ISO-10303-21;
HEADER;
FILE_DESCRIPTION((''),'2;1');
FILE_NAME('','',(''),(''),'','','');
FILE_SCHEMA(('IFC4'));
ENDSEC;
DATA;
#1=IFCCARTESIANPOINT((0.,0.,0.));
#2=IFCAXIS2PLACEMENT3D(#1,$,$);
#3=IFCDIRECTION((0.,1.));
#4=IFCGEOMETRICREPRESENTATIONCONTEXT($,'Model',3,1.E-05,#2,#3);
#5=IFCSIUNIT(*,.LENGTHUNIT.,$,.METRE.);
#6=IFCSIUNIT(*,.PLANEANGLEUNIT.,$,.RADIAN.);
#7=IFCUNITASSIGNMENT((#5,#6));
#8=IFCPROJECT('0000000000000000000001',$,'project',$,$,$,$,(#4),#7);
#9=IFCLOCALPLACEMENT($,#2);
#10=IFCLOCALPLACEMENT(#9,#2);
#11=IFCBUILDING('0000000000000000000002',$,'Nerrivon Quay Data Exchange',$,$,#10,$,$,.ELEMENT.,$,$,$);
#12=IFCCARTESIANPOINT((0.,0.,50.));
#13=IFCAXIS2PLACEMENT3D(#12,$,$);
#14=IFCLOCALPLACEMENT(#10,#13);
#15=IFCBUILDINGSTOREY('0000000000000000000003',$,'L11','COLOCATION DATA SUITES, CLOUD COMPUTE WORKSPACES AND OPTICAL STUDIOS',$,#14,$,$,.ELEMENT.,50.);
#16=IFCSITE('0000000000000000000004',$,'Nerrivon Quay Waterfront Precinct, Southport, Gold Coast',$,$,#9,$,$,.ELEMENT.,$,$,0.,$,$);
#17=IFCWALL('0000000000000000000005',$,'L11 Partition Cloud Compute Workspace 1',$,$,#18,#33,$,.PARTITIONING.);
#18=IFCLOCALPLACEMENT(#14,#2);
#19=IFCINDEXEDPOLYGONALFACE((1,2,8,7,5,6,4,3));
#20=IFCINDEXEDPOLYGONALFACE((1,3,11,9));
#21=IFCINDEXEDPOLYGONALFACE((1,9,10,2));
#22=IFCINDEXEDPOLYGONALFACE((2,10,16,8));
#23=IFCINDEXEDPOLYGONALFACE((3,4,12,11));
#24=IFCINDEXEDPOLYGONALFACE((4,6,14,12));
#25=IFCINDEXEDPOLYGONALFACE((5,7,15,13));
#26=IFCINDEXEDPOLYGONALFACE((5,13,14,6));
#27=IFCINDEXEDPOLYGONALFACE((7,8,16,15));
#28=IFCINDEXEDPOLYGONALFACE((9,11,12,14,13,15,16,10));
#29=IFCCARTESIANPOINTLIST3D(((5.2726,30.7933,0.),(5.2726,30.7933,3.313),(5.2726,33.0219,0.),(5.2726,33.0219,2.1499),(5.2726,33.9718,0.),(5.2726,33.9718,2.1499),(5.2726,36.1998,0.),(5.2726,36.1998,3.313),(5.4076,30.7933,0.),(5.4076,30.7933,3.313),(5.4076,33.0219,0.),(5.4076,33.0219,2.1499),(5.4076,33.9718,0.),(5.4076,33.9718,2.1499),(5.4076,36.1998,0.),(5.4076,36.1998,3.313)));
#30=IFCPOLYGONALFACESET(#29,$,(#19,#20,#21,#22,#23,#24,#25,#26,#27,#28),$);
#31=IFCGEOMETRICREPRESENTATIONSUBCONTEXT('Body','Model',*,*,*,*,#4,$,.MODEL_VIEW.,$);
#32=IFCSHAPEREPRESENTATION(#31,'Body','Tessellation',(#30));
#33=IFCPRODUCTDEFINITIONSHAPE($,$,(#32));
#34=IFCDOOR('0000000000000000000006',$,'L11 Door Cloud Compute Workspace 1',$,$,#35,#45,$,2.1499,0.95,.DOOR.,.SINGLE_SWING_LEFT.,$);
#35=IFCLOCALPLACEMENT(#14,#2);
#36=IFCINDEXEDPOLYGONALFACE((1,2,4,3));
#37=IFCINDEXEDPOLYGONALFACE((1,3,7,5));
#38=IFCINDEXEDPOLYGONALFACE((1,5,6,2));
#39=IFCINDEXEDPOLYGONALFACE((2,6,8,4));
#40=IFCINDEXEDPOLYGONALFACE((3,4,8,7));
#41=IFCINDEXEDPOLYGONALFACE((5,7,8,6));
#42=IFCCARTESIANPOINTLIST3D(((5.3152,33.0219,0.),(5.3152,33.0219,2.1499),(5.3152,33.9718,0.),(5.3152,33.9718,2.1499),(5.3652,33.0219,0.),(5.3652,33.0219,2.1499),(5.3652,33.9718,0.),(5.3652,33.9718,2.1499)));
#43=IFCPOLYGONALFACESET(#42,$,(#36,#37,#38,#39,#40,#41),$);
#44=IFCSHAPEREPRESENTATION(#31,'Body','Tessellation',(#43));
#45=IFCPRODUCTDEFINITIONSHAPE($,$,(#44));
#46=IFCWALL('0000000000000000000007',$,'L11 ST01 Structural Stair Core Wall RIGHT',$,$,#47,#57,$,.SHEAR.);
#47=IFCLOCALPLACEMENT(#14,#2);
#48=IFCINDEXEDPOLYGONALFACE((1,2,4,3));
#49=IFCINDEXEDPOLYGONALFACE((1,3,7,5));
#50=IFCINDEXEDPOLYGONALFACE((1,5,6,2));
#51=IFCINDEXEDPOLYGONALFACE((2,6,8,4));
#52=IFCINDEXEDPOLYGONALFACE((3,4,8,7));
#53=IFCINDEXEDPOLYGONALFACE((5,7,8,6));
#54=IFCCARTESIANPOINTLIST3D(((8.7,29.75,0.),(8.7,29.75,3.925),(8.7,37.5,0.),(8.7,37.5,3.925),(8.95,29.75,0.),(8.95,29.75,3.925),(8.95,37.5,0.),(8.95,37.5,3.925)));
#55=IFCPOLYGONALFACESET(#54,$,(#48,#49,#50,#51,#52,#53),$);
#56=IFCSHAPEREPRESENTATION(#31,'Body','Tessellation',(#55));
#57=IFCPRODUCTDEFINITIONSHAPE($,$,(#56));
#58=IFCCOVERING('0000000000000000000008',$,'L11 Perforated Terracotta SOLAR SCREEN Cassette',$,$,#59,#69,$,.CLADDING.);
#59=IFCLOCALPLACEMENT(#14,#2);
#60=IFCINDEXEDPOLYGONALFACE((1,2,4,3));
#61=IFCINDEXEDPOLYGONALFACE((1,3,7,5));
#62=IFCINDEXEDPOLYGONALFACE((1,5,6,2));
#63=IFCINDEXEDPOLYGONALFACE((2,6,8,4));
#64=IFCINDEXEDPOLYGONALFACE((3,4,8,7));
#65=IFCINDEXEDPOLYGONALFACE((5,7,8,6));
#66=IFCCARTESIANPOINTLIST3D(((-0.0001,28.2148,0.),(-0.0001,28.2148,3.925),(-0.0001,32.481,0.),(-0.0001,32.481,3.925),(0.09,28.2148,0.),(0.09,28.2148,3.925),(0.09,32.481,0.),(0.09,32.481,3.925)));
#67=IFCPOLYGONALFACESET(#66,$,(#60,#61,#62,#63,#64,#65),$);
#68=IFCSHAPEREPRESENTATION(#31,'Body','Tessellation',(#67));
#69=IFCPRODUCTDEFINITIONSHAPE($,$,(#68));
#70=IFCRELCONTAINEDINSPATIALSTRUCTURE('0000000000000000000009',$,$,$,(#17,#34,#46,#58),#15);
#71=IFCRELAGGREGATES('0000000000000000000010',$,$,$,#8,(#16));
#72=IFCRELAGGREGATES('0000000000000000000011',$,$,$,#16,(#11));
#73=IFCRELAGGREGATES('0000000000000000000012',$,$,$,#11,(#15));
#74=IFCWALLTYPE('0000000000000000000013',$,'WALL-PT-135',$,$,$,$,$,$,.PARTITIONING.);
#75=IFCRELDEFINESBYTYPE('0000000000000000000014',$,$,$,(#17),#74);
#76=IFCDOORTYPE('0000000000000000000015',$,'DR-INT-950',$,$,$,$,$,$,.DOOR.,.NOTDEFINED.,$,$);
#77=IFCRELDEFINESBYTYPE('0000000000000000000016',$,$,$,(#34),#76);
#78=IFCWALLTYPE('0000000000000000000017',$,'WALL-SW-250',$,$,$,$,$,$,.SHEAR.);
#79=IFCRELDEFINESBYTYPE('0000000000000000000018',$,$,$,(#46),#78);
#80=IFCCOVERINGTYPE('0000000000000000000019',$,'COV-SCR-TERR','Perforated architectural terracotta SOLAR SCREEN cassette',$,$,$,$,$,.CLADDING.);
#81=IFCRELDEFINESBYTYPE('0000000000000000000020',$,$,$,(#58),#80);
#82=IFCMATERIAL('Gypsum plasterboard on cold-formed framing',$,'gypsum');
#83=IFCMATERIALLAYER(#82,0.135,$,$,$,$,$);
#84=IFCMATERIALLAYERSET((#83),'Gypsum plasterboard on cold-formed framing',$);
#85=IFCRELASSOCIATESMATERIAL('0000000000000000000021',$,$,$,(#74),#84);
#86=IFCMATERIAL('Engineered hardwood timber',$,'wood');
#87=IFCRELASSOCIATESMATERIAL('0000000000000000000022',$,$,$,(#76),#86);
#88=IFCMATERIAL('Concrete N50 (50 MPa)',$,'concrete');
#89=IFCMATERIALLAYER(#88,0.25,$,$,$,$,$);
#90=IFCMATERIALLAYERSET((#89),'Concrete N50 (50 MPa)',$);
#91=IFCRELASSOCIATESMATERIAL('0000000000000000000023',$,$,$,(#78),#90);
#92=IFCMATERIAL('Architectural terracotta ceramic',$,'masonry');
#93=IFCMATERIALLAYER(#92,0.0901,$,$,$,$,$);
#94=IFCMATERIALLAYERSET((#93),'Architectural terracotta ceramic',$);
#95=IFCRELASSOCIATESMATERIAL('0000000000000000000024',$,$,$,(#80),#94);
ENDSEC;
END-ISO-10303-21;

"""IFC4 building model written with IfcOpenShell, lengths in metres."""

from ifc_helpers import new_model, si_unit, direction, frame, frame_2d, origin, origin_2d, place, context, subcontext, project, spatial, rectangle, extrude, material, layer, layer_set, type_object, element, fill, save


model = new_model("IFC4")

# Units and contexts
model_context = context("Model", 3, precision=1e-05, world=origin(), true_north=direction((0.0, 1.0)))
body_context = subcontext(model_context, "Body", "Model", "MODEL_VIEW")
ifc_project = project(units=[si_unit("LENGTHUNIT", "METRE"), si_unit("PLANEANGLEUNIT", "RADIAN")], contexts=[model_context])

# Site, building, storey
site_placement = place(None, origin())
site = spatial("IfcSite", under=ifc_project, at=site_placement, Name="Nerrivon Quay Waterfront Precinct, Southport, Gold Coast", CompositionType="ELEMENT", RefElevation=0.0)
building_placement = place(site_placement, origin())
building = spatial("IfcBuilding", under=site, at=building_placement, Name="Nerrivon Quay Data Exchange", CompositionType="ELEMENT")
storey_placement = place(building_placement, frame((0.0, 0.0, 50.0)))
storey = spatial("IfcBuildingStorey", under=building, at=storey_placement, Name="L11", Description="COLOCATION DATA SUITES, CLOUD COMPUTE WORKSPACES AND OPTICAL STUDIOS", CompositionType="ELEMENT", Elevation=50.0)

# Shared definitions
ifc_material_1 = material(Name="Gypsum plasterboard on cold-formed framing", Category="gypsum")
ifc_layer_1 = layer(ifc_material_1, 0.135)
ifc_layer_set_1 = layer_set([ifc_layer_1], Name="Gypsum plasterboard on cold-formed framing")
wall_type_1 = type_object("IfcWallType", Name="WALL-PT-135", PredefinedType="PARTITIONING", material=ifc_layer_set_1)

# Wall, opening, door
wall_1_placement = place(storey_placement, frame((5.3401, 30.7935, 0.0), z_axis=(0.0, 0.0, 1.0), x_axis=(0.0, 1.0, 0.0)))
wall_1 = element("IfcWall", 1, at=wall_1_placement, inside=storey, type_object=wall_type_1, Name="L11 Partition Cloud Compute Workspace 1", PredefinedType="PARTITIONING", context=body_context, shape_type="SweptSolid", body=[
    extrude(rectangle(XDim=5.4065, YDim=0.135, at=frame_2d((2.7031, 0.0))), origin(), (0.0, 0.0, 1.0), 3.313),
])
opening_placement = place(wall_1_placement, frame((2.2283, 0.0, 0.0)))
opening = element("IfcOpeningElement", 2, at=opening_placement, cuts=wall_1, PredefinedType="OPENING", context=body_context, shape_type="SweptSolid", body=[
    extrude(rectangle(XDim=0.95, YDim=2.1499, at=frame_2d((0.4751, 1.075))), frame((0.0, 0.0774, 0.0), z_axis=(0.0, -1.0, 0.0), x_axis=(1.0, 0.0, 0.0)), (0.0, 0.0, 1.0), 0.155),
])
ifc_material_2 = material(Name="Engineered hardwood timber", Category="wood")
door_type = type_object("IfcDoorType", Name="DR-INT-950", OperationType="NOTDEFINED", PredefinedType="DOOR", material=ifc_material_2)
door_placement = place(opening_placement, origin())
door = element("IfcDoor", 3, at=door_placement, inside=storey, type_object=door_type, Name="L11 Door Cloud Compute Workspace 1", OperationType="SINGLE_SWING_LEFT", OverallHeight=2.1499, OverallWidth=0.95, PredefinedType="DOOR", context=body_context, shape_type="SweptSolid", body=[
    extrude(rectangle(XDim=0.95, YDim=2.1499, at=frame_2d((0.4751, 1.075))), frame((0.0, 0.0249, 0.0), z_axis=(0.0, -1.0, 0.0), x_axis=(1.0, 0.0, 0.0)), (0.0, 0.0, 1.0), 0.05),
])
fill(opening, door)

# Wall
ifc_material_3 = material(Name="Concrete N50 (50 MPa)", Category="concrete")
ifc_layer_2 = layer(ifc_material_3, 0.25)
ifc_layer_set_2 = layer_set([ifc_layer_2], Name="Concrete N50 (50 MPa)")
wall_type_2 = type_object("IfcWallType", Name="WALL-SW-250", PredefinedType="SHEAR", material=ifc_layer_set_2)
wall_2_placement = place(storey_placement, frame((8.825, 29.75, 0.0), z_axis=(0.0, 0.0, 1.0), x_axis=(0.0, 1.0, 0.0)))
element("IfcWall", 4, at=wall_2_placement, inside=storey, type_object=wall_type_2, Name="L11 ST01 Structural Stair Core Wall RIGHT", PredefinedType="SHEAR", context=body_context, shape_type="SweptSolid", body=[
    extrude(rectangle(XDim=7.75, YDim=0.25, at=frame_2d((3.875, 0.0))), origin(), (0.0, 0.0, 1.0), 3.925),
])

# Covering
ifc_material_4 = material(Name="Architectural terracotta ceramic", Category="masonry")
ifc_layer_3 = layer(ifc_material_4, 0.0901)
ifc_layer_set_3 = layer_set([ifc_layer_3], Name="Architectural terracotta ceramic")
covering_type = type_object("IfcCoveringType", Name="COV-SCR-TERR", Description="Perforated architectural terracotta SOLAR SCREEN cassette", PredefinedType="CLADDING", material=ifc_layer_set_3)
covering_placement = place(storey_placement, frame((0.0449, 30.3479, 0.0), z_axis=(0.0, 0.0, 1.0), x_axis=(0.0, 1.0, 0.0)))
element("IfcCovering", 5, at=covering_placement, inside=storey, type_object=covering_type, Name="L11 Perforated Terracotta SOLAR SCREEN Cassette", PredefinedType="CLADDING", context=body_context, shape_type="SweptSolid", body=[
    extrude(rectangle(XDim=4.2661, YDim=0.0901, at=origin_2d()), origin(), (0.0, 0.0, 1.0), 3.925),
])

save(model, "model.ifc")
